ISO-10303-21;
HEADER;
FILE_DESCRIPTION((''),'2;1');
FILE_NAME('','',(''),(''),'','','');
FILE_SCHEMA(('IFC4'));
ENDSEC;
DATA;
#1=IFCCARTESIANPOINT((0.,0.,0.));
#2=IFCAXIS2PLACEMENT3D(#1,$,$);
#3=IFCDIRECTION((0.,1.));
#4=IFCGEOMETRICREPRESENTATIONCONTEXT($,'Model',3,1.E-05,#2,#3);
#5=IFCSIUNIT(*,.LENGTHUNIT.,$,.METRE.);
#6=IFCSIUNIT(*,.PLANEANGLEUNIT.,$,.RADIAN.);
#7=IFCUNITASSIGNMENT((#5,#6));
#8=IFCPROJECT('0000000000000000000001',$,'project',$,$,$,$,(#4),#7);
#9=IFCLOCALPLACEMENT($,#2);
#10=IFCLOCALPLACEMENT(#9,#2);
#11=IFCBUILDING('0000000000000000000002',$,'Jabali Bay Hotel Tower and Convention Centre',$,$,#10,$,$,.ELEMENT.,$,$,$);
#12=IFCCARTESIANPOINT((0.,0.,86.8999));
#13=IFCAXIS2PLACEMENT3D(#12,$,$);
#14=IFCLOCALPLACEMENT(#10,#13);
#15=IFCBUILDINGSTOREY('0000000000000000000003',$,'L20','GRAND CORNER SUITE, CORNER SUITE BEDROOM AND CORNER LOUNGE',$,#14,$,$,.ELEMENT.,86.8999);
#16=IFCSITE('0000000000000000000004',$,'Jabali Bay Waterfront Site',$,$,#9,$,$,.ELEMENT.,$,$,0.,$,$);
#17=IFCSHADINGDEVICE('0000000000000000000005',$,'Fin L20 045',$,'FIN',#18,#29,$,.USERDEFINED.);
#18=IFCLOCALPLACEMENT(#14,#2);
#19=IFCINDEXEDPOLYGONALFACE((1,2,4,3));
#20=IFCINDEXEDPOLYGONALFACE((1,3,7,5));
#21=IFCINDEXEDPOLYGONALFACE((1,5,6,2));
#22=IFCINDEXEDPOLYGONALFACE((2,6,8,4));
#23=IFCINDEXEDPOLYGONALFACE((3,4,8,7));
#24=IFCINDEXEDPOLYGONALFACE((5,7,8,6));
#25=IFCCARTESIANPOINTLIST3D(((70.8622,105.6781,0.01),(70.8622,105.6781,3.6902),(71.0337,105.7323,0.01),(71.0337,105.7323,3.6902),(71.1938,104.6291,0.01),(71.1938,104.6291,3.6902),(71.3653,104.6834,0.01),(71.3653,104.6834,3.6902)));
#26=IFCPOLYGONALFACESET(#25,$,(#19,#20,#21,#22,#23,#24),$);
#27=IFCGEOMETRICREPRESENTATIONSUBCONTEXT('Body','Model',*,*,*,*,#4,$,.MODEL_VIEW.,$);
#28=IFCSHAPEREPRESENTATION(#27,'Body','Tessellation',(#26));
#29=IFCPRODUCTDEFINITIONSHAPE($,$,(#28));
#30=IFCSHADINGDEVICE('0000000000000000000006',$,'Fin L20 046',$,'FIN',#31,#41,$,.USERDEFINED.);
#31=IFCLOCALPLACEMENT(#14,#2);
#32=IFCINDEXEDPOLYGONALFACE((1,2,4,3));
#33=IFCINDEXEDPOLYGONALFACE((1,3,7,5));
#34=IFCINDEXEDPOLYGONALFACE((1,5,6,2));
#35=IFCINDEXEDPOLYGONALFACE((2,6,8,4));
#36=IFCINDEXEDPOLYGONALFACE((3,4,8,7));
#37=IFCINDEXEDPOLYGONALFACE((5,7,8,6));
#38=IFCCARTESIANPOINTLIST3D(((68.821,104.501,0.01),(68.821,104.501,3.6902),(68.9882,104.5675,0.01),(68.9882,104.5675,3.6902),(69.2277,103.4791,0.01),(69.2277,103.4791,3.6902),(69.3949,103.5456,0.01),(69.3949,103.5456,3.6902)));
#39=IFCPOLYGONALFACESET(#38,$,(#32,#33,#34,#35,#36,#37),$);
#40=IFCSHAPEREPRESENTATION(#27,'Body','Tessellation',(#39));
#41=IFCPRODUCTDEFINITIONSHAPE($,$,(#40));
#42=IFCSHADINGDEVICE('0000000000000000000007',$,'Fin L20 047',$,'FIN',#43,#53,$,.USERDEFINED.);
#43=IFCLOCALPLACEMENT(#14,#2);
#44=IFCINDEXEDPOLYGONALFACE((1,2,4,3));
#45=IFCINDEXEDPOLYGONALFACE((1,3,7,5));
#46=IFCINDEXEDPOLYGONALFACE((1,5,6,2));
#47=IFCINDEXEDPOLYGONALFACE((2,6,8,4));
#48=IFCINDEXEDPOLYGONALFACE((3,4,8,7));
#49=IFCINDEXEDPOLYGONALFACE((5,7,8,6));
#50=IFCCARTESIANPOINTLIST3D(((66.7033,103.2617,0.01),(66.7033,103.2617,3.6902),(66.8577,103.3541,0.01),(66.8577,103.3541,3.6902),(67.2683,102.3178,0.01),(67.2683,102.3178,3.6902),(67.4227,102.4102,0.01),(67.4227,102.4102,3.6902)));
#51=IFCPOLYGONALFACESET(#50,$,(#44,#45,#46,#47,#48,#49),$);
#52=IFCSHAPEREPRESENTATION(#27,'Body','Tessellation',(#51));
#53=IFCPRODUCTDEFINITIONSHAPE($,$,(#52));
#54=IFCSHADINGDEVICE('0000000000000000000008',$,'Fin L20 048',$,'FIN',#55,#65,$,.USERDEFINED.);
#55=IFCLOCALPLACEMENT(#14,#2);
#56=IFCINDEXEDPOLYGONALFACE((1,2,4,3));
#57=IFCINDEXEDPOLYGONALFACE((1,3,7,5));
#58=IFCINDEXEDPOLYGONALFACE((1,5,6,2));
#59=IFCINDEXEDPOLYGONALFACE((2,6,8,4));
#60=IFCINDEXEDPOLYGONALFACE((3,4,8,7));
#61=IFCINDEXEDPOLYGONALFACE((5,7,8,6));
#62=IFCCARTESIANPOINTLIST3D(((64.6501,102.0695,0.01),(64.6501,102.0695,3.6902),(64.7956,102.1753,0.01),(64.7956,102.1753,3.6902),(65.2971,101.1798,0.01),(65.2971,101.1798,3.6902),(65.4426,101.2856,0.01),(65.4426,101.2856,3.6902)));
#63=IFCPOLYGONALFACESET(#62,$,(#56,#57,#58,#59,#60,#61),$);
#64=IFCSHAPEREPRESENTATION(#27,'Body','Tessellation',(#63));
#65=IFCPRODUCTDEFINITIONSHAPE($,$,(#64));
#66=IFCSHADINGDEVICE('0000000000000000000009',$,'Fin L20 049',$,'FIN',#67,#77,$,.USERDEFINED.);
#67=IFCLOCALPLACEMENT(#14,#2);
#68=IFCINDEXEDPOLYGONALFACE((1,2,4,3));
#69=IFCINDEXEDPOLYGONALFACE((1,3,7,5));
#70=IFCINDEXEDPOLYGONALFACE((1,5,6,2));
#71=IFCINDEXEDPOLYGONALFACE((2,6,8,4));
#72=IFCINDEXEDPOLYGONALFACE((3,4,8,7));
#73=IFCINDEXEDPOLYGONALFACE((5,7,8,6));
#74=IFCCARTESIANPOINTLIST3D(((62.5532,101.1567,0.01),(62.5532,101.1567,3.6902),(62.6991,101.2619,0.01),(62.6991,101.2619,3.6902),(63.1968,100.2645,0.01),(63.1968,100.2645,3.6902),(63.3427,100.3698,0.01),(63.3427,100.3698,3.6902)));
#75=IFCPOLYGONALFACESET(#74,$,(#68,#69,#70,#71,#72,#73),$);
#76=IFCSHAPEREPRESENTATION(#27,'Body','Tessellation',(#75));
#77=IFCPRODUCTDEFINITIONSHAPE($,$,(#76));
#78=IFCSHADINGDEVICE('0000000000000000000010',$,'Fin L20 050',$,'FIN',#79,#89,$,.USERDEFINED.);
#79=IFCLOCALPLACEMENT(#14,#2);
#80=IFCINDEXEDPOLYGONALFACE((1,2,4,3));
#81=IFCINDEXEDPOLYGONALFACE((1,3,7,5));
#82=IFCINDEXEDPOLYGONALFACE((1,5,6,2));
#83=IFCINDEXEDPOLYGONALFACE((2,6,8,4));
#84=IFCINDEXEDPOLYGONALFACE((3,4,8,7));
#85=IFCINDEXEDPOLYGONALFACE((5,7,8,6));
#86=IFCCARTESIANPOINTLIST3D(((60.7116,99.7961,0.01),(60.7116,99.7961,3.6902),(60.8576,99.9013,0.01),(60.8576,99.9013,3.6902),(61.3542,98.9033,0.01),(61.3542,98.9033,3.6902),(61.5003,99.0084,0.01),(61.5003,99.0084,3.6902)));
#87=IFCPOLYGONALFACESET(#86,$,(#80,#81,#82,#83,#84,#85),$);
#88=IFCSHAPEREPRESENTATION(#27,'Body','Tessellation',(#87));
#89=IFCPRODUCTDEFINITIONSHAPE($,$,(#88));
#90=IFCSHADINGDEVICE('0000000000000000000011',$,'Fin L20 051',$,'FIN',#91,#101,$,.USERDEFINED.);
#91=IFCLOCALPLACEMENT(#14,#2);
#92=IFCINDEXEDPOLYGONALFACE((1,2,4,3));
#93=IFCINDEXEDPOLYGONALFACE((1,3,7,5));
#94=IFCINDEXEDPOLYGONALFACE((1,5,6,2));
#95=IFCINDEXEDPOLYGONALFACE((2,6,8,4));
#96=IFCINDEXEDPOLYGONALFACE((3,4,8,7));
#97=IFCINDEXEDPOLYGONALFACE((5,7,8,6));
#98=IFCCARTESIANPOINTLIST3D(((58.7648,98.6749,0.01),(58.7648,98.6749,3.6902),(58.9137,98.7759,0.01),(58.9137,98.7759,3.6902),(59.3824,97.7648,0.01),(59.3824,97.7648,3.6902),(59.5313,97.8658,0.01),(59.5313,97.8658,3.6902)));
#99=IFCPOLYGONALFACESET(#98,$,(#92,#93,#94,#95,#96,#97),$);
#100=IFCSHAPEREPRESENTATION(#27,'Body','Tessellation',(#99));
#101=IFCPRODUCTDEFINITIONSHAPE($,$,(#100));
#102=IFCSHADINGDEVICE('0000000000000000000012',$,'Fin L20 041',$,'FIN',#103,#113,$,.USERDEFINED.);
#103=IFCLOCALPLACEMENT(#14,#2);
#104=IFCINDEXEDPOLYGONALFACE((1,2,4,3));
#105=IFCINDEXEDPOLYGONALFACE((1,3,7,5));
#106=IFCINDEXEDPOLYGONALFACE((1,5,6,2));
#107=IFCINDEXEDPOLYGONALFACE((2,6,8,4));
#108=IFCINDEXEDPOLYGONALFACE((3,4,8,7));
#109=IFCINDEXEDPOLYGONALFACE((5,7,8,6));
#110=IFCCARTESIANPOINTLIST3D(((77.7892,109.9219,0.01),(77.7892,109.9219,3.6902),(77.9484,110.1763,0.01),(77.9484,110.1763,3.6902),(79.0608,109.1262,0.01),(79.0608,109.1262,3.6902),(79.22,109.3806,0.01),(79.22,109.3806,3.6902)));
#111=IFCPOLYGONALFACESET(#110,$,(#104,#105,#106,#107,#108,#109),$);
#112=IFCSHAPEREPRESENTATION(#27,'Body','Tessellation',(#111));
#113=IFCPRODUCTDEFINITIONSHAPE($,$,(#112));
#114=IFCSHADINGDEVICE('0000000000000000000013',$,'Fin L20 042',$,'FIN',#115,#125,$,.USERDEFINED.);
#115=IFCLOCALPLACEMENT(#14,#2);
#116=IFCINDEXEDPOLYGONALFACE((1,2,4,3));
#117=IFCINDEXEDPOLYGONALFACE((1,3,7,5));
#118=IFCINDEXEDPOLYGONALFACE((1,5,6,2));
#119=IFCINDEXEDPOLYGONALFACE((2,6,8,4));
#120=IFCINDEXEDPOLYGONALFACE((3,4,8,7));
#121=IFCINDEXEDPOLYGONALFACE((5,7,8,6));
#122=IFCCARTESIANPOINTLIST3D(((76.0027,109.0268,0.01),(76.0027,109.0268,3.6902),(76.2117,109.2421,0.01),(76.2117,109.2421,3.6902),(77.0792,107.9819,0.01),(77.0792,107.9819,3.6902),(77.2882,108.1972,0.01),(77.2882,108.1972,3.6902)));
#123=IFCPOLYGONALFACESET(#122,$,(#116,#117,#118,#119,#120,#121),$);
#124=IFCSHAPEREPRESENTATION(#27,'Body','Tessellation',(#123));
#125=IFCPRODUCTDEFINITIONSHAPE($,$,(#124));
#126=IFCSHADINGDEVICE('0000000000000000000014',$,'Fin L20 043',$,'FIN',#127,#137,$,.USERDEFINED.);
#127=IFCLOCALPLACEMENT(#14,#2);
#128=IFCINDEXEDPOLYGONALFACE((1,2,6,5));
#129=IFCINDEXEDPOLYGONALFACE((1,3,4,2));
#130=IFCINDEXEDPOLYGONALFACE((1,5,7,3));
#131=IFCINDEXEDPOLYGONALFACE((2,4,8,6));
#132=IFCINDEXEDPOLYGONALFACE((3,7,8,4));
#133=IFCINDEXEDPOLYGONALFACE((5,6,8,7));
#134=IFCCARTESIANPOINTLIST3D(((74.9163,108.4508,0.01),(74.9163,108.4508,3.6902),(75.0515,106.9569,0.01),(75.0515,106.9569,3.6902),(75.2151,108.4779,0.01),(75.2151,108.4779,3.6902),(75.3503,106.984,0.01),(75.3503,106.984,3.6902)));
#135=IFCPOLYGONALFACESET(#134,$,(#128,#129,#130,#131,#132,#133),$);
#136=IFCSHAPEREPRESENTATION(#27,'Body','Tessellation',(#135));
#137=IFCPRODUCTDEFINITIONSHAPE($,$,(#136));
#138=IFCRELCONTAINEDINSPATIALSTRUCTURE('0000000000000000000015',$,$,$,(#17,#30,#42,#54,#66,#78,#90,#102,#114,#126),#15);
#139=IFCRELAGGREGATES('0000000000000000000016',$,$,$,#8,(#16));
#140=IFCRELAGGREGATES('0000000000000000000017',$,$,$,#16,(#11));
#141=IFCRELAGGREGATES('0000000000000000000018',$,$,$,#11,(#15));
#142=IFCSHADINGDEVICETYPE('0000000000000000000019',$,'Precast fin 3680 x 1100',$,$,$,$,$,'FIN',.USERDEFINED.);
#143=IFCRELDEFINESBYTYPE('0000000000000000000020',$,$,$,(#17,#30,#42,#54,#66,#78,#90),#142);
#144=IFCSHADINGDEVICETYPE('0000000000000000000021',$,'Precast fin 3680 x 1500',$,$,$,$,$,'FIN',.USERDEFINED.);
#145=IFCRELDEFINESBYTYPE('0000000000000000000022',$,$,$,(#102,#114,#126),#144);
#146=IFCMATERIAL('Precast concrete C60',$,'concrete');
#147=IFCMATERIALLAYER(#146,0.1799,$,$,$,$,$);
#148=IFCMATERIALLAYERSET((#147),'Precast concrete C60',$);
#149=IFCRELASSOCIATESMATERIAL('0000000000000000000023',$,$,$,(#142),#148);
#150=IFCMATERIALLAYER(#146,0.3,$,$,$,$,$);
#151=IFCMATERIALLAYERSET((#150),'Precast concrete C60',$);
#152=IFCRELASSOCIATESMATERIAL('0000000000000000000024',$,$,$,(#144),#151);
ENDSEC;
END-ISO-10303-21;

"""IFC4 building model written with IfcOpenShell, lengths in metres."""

from ifc_helpers import new_model, si_unit, direction, frame, frame_2d, origin, place, context, subcontext, project, spatial, rectangle, extrude, material, layer, layer_set, type_object, element, save


model = new_model("IFC4")

# Units and contexts
model_context = context("Model", 3, precision=1e-05, world=origin(), true_north=direction((0.0, 1.0)))
body_context = subcontext(model_context, "Body", "Model", "MODEL_VIEW")
ifc_project = project(units=[si_unit("LENGTHUNIT", "METRE"), si_unit("PLANEANGLEUNIT", "RADIAN")], contexts=[model_context])

# Site, building, storey
site_placement = place(None, origin())
site = spatial("IfcSite", under=ifc_project, at=site_placement, Name="Jabali Bay Waterfront Site", CompositionType="ELEMENT", RefElevation=0.0)
building_placement = place(site_placement, origin())
building = spatial("IfcBuilding", under=site, at=building_placement, Name="Jabali Bay Hotel Tower and Convention Centre", CompositionType="ELEMENT")
storey_placement = place(building_placement, frame((0.0, 0.0, 86.8999)))
storey = spatial("IfcBuildingStorey", under=building, at=storey_placement, Name="L20", Description="GRAND CORNER SUITE, CORNER SUITE BEDROOM AND CORNER LOUNGE", CompositionType="ELEMENT", Elevation=86.8999)

# Shading devices
ifc_material_1 = material(Name="Precast concrete C60", Category="concrete")
ifc_layer_1 = layer(ifc_material_1, 0.1799)
ifc_layer_set_1 = layer_set([ifc_layer_1], Name="Precast concrete C60")
shading_device_type_1 = type_object("IfcShadingDeviceType", Name="Precast fin 3680 x 1100", ElementType="FIN", PredefinedType="USERDEFINED", material=ifc_layer_set_1)
shading_device_1_placement = place(storey_placement, frame((71.2795, 104.6562, 0.01), z_axis=(0.0, 0.0, 1.0), x_axis=(-0.301408, 0.953495, 0.0)))
element("IfcShadingDevice", 1, at=shading_device_1_placement, inside=storey, type_object=shading_device_type_1, Name="Fin L20 045", ObjectType="FIN", PredefinedType="USERDEFINED", context=body_context, shape_type="SweptSolid", body=[
    extrude(rectangle(XDim=1.1001, YDim=0.1799, at=frame_2d((0.55, 0.0))), origin(), (0.0, 0.0, 1.0), 3.6802),
])
shading_device_2_placement = place(storey_placement, frame((69.3113, 103.5125, 0.01), z_axis=(0.0, 0.0, 1.0), x_axis=(-0.369783, 0.929118, 0.0)))
element("IfcShadingDevice", 2, at=shading_device_2_placement, inside=storey, type_object=shading_device_type_1, Name="Fin L20 046", ObjectType="FIN", PredefinedType="USERDEFINED", context=body_context, shape_type="SweptSolid", body=[
    extrude(rectangle(XDim=1.0999, YDim=0.1799, at=frame_2d((0.5498, 0.0))), origin(), (0.0, 0.0, 1.0), 3.6802),
])
for number, where, z_axis, x_axis, name in (
    (3, (67.3455, 102.364, 0.01), (0.0, 0.0, 1.0), (-0.513582, 0.858041, 0.0), "Fin L20 047"),
    (4, (65.3699, 101.2327, 0.01), (0.0, 0.0, 1.0), (-0.588145, 0.808755, 0.0), "Fin L20 048"),
    (5, (63.2698, 100.3171, 0.01), (0.0, 0.0, 1.0), (-0.585053, 0.810995, 0.0), "Fin L20 049"),
    (6, (61.4272, 98.9558, 0.01), (0.0, 0.0, 1.0), (-0.584153, 0.811644, 0.0), "Fin L20 050"),
):
    element("IfcShadingDevice", number, at=place(storey_placement, frame(where, z_axis=z_axis, x_axis=x_axis)), inside=storey, type_object=shading_device_type_1, Name=name, ObjectType="FIN", PredefinedType="USERDEFINED", context=body_context, shape_type="SweptSolid", body=[
        extrude(rectangle(XDim=1.1001, YDim=0.1799, at=frame_2d((0.55, 0.0))), origin(), (0.0, 0.0, 1.0), 3.6802),
    ])
shading_device_3_placement = place(storey_placement, frame((59.4568, 97.8154, 0.01), z_axis=(0.0, 0.0, 1.0), x_axis=(-0.561545, 0.827446, 0.0)))
element("IfcShadingDevice", 7, at=shading_device_3_placement, inside=storey, type_object=shading_device_type_1, Name="Fin L20 051", ObjectType="FIN", PredefinedType="USERDEFINED", context=body_context, shape_type="SweptSolid", body=[
    extrude(rectangle(XDim=1.0999, YDim=0.1799, at=frame_2d((0.5498, 0.0))), origin(), (0.0, 0.0, 1.0), 3.6802),
])
ifc_layer_2 = layer(ifc_material_1, 0.3)
ifc_layer_set_2 = layer_set([ifc_layer_2], Name="Precast concrete C60")
shading_device_type_2 = type_object("IfcShadingDeviceType", Name="Precast fin 3680 x 1500", ElementType="FIN", PredefinedType="USERDEFINED", material=ifc_layer_set_2)
shading_device_4_placement = place(storey_placement, frame((79.1404, 109.2534, 0.01), z_axis=(0.0, 0.0, 1.0), x_axis=(-0.847706, 0.530467, 0.0)))
element("IfcShadingDevice", 8, at=shading_device_4_placement, inside=storey, type_object=shading_device_type_2, Name="Fin L20 041", ObjectType="FIN", PredefinedType="USERDEFINED", context=body_context, shape_type="SweptSolid", body=[
    extrude(rectangle(XDim=1.5, YDim=0.3, at=frame_2d((0.75, 0.0))), origin(), (0.0, 0.0, 1.0), 3.6802),
])
shading_device_5_placement = place(storey_placement, frame((77.1836, 108.0896, 0.01), z_axis=(0.0, 0.0, 1.0), x_axis=(-0.717526, 0.696532, 0.0)))
element("IfcShadingDevice", 9, at=shading_device_5_placement, inside=storey, type_object=shading_device_type_2, Name="Fin L20 042", ObjectType="FIN", PredefinedType="USERDEFINED", context=body_context, shape_type="SweptSolid", body=[
    extrude(rectangle(XDim=1.5002, YDim=0.3, at=frame_2d((0.75, 0.0))), origin(), (0.0, 0.0, 1.0), 3.6802),
])
shading_device_6_placement = place(storey_placement, frame((75.2009, 106.9705, 0.01), z_axis=(0.0, 0.0, 1.0), x_axis=(-0.090169, 0.995926, 0.0)))
element("IfcShadingDevice", 10, at=shading_device_6_placement, inside=storey, type_object=shading_device_type_2, Name="Fin L20 043", ObjectType="FIN", PredefinedType="USERDEFINED", context=body_context, shape_type="SweptSolid", body=[
    extrude(rectangle(XDim=1.5, YDim=0.3, at=frame_2d((0.75, 0.0))), origin(), (0.0, 0.0, 1.0), 3.6802),
])

save(model, "model.ifc")
